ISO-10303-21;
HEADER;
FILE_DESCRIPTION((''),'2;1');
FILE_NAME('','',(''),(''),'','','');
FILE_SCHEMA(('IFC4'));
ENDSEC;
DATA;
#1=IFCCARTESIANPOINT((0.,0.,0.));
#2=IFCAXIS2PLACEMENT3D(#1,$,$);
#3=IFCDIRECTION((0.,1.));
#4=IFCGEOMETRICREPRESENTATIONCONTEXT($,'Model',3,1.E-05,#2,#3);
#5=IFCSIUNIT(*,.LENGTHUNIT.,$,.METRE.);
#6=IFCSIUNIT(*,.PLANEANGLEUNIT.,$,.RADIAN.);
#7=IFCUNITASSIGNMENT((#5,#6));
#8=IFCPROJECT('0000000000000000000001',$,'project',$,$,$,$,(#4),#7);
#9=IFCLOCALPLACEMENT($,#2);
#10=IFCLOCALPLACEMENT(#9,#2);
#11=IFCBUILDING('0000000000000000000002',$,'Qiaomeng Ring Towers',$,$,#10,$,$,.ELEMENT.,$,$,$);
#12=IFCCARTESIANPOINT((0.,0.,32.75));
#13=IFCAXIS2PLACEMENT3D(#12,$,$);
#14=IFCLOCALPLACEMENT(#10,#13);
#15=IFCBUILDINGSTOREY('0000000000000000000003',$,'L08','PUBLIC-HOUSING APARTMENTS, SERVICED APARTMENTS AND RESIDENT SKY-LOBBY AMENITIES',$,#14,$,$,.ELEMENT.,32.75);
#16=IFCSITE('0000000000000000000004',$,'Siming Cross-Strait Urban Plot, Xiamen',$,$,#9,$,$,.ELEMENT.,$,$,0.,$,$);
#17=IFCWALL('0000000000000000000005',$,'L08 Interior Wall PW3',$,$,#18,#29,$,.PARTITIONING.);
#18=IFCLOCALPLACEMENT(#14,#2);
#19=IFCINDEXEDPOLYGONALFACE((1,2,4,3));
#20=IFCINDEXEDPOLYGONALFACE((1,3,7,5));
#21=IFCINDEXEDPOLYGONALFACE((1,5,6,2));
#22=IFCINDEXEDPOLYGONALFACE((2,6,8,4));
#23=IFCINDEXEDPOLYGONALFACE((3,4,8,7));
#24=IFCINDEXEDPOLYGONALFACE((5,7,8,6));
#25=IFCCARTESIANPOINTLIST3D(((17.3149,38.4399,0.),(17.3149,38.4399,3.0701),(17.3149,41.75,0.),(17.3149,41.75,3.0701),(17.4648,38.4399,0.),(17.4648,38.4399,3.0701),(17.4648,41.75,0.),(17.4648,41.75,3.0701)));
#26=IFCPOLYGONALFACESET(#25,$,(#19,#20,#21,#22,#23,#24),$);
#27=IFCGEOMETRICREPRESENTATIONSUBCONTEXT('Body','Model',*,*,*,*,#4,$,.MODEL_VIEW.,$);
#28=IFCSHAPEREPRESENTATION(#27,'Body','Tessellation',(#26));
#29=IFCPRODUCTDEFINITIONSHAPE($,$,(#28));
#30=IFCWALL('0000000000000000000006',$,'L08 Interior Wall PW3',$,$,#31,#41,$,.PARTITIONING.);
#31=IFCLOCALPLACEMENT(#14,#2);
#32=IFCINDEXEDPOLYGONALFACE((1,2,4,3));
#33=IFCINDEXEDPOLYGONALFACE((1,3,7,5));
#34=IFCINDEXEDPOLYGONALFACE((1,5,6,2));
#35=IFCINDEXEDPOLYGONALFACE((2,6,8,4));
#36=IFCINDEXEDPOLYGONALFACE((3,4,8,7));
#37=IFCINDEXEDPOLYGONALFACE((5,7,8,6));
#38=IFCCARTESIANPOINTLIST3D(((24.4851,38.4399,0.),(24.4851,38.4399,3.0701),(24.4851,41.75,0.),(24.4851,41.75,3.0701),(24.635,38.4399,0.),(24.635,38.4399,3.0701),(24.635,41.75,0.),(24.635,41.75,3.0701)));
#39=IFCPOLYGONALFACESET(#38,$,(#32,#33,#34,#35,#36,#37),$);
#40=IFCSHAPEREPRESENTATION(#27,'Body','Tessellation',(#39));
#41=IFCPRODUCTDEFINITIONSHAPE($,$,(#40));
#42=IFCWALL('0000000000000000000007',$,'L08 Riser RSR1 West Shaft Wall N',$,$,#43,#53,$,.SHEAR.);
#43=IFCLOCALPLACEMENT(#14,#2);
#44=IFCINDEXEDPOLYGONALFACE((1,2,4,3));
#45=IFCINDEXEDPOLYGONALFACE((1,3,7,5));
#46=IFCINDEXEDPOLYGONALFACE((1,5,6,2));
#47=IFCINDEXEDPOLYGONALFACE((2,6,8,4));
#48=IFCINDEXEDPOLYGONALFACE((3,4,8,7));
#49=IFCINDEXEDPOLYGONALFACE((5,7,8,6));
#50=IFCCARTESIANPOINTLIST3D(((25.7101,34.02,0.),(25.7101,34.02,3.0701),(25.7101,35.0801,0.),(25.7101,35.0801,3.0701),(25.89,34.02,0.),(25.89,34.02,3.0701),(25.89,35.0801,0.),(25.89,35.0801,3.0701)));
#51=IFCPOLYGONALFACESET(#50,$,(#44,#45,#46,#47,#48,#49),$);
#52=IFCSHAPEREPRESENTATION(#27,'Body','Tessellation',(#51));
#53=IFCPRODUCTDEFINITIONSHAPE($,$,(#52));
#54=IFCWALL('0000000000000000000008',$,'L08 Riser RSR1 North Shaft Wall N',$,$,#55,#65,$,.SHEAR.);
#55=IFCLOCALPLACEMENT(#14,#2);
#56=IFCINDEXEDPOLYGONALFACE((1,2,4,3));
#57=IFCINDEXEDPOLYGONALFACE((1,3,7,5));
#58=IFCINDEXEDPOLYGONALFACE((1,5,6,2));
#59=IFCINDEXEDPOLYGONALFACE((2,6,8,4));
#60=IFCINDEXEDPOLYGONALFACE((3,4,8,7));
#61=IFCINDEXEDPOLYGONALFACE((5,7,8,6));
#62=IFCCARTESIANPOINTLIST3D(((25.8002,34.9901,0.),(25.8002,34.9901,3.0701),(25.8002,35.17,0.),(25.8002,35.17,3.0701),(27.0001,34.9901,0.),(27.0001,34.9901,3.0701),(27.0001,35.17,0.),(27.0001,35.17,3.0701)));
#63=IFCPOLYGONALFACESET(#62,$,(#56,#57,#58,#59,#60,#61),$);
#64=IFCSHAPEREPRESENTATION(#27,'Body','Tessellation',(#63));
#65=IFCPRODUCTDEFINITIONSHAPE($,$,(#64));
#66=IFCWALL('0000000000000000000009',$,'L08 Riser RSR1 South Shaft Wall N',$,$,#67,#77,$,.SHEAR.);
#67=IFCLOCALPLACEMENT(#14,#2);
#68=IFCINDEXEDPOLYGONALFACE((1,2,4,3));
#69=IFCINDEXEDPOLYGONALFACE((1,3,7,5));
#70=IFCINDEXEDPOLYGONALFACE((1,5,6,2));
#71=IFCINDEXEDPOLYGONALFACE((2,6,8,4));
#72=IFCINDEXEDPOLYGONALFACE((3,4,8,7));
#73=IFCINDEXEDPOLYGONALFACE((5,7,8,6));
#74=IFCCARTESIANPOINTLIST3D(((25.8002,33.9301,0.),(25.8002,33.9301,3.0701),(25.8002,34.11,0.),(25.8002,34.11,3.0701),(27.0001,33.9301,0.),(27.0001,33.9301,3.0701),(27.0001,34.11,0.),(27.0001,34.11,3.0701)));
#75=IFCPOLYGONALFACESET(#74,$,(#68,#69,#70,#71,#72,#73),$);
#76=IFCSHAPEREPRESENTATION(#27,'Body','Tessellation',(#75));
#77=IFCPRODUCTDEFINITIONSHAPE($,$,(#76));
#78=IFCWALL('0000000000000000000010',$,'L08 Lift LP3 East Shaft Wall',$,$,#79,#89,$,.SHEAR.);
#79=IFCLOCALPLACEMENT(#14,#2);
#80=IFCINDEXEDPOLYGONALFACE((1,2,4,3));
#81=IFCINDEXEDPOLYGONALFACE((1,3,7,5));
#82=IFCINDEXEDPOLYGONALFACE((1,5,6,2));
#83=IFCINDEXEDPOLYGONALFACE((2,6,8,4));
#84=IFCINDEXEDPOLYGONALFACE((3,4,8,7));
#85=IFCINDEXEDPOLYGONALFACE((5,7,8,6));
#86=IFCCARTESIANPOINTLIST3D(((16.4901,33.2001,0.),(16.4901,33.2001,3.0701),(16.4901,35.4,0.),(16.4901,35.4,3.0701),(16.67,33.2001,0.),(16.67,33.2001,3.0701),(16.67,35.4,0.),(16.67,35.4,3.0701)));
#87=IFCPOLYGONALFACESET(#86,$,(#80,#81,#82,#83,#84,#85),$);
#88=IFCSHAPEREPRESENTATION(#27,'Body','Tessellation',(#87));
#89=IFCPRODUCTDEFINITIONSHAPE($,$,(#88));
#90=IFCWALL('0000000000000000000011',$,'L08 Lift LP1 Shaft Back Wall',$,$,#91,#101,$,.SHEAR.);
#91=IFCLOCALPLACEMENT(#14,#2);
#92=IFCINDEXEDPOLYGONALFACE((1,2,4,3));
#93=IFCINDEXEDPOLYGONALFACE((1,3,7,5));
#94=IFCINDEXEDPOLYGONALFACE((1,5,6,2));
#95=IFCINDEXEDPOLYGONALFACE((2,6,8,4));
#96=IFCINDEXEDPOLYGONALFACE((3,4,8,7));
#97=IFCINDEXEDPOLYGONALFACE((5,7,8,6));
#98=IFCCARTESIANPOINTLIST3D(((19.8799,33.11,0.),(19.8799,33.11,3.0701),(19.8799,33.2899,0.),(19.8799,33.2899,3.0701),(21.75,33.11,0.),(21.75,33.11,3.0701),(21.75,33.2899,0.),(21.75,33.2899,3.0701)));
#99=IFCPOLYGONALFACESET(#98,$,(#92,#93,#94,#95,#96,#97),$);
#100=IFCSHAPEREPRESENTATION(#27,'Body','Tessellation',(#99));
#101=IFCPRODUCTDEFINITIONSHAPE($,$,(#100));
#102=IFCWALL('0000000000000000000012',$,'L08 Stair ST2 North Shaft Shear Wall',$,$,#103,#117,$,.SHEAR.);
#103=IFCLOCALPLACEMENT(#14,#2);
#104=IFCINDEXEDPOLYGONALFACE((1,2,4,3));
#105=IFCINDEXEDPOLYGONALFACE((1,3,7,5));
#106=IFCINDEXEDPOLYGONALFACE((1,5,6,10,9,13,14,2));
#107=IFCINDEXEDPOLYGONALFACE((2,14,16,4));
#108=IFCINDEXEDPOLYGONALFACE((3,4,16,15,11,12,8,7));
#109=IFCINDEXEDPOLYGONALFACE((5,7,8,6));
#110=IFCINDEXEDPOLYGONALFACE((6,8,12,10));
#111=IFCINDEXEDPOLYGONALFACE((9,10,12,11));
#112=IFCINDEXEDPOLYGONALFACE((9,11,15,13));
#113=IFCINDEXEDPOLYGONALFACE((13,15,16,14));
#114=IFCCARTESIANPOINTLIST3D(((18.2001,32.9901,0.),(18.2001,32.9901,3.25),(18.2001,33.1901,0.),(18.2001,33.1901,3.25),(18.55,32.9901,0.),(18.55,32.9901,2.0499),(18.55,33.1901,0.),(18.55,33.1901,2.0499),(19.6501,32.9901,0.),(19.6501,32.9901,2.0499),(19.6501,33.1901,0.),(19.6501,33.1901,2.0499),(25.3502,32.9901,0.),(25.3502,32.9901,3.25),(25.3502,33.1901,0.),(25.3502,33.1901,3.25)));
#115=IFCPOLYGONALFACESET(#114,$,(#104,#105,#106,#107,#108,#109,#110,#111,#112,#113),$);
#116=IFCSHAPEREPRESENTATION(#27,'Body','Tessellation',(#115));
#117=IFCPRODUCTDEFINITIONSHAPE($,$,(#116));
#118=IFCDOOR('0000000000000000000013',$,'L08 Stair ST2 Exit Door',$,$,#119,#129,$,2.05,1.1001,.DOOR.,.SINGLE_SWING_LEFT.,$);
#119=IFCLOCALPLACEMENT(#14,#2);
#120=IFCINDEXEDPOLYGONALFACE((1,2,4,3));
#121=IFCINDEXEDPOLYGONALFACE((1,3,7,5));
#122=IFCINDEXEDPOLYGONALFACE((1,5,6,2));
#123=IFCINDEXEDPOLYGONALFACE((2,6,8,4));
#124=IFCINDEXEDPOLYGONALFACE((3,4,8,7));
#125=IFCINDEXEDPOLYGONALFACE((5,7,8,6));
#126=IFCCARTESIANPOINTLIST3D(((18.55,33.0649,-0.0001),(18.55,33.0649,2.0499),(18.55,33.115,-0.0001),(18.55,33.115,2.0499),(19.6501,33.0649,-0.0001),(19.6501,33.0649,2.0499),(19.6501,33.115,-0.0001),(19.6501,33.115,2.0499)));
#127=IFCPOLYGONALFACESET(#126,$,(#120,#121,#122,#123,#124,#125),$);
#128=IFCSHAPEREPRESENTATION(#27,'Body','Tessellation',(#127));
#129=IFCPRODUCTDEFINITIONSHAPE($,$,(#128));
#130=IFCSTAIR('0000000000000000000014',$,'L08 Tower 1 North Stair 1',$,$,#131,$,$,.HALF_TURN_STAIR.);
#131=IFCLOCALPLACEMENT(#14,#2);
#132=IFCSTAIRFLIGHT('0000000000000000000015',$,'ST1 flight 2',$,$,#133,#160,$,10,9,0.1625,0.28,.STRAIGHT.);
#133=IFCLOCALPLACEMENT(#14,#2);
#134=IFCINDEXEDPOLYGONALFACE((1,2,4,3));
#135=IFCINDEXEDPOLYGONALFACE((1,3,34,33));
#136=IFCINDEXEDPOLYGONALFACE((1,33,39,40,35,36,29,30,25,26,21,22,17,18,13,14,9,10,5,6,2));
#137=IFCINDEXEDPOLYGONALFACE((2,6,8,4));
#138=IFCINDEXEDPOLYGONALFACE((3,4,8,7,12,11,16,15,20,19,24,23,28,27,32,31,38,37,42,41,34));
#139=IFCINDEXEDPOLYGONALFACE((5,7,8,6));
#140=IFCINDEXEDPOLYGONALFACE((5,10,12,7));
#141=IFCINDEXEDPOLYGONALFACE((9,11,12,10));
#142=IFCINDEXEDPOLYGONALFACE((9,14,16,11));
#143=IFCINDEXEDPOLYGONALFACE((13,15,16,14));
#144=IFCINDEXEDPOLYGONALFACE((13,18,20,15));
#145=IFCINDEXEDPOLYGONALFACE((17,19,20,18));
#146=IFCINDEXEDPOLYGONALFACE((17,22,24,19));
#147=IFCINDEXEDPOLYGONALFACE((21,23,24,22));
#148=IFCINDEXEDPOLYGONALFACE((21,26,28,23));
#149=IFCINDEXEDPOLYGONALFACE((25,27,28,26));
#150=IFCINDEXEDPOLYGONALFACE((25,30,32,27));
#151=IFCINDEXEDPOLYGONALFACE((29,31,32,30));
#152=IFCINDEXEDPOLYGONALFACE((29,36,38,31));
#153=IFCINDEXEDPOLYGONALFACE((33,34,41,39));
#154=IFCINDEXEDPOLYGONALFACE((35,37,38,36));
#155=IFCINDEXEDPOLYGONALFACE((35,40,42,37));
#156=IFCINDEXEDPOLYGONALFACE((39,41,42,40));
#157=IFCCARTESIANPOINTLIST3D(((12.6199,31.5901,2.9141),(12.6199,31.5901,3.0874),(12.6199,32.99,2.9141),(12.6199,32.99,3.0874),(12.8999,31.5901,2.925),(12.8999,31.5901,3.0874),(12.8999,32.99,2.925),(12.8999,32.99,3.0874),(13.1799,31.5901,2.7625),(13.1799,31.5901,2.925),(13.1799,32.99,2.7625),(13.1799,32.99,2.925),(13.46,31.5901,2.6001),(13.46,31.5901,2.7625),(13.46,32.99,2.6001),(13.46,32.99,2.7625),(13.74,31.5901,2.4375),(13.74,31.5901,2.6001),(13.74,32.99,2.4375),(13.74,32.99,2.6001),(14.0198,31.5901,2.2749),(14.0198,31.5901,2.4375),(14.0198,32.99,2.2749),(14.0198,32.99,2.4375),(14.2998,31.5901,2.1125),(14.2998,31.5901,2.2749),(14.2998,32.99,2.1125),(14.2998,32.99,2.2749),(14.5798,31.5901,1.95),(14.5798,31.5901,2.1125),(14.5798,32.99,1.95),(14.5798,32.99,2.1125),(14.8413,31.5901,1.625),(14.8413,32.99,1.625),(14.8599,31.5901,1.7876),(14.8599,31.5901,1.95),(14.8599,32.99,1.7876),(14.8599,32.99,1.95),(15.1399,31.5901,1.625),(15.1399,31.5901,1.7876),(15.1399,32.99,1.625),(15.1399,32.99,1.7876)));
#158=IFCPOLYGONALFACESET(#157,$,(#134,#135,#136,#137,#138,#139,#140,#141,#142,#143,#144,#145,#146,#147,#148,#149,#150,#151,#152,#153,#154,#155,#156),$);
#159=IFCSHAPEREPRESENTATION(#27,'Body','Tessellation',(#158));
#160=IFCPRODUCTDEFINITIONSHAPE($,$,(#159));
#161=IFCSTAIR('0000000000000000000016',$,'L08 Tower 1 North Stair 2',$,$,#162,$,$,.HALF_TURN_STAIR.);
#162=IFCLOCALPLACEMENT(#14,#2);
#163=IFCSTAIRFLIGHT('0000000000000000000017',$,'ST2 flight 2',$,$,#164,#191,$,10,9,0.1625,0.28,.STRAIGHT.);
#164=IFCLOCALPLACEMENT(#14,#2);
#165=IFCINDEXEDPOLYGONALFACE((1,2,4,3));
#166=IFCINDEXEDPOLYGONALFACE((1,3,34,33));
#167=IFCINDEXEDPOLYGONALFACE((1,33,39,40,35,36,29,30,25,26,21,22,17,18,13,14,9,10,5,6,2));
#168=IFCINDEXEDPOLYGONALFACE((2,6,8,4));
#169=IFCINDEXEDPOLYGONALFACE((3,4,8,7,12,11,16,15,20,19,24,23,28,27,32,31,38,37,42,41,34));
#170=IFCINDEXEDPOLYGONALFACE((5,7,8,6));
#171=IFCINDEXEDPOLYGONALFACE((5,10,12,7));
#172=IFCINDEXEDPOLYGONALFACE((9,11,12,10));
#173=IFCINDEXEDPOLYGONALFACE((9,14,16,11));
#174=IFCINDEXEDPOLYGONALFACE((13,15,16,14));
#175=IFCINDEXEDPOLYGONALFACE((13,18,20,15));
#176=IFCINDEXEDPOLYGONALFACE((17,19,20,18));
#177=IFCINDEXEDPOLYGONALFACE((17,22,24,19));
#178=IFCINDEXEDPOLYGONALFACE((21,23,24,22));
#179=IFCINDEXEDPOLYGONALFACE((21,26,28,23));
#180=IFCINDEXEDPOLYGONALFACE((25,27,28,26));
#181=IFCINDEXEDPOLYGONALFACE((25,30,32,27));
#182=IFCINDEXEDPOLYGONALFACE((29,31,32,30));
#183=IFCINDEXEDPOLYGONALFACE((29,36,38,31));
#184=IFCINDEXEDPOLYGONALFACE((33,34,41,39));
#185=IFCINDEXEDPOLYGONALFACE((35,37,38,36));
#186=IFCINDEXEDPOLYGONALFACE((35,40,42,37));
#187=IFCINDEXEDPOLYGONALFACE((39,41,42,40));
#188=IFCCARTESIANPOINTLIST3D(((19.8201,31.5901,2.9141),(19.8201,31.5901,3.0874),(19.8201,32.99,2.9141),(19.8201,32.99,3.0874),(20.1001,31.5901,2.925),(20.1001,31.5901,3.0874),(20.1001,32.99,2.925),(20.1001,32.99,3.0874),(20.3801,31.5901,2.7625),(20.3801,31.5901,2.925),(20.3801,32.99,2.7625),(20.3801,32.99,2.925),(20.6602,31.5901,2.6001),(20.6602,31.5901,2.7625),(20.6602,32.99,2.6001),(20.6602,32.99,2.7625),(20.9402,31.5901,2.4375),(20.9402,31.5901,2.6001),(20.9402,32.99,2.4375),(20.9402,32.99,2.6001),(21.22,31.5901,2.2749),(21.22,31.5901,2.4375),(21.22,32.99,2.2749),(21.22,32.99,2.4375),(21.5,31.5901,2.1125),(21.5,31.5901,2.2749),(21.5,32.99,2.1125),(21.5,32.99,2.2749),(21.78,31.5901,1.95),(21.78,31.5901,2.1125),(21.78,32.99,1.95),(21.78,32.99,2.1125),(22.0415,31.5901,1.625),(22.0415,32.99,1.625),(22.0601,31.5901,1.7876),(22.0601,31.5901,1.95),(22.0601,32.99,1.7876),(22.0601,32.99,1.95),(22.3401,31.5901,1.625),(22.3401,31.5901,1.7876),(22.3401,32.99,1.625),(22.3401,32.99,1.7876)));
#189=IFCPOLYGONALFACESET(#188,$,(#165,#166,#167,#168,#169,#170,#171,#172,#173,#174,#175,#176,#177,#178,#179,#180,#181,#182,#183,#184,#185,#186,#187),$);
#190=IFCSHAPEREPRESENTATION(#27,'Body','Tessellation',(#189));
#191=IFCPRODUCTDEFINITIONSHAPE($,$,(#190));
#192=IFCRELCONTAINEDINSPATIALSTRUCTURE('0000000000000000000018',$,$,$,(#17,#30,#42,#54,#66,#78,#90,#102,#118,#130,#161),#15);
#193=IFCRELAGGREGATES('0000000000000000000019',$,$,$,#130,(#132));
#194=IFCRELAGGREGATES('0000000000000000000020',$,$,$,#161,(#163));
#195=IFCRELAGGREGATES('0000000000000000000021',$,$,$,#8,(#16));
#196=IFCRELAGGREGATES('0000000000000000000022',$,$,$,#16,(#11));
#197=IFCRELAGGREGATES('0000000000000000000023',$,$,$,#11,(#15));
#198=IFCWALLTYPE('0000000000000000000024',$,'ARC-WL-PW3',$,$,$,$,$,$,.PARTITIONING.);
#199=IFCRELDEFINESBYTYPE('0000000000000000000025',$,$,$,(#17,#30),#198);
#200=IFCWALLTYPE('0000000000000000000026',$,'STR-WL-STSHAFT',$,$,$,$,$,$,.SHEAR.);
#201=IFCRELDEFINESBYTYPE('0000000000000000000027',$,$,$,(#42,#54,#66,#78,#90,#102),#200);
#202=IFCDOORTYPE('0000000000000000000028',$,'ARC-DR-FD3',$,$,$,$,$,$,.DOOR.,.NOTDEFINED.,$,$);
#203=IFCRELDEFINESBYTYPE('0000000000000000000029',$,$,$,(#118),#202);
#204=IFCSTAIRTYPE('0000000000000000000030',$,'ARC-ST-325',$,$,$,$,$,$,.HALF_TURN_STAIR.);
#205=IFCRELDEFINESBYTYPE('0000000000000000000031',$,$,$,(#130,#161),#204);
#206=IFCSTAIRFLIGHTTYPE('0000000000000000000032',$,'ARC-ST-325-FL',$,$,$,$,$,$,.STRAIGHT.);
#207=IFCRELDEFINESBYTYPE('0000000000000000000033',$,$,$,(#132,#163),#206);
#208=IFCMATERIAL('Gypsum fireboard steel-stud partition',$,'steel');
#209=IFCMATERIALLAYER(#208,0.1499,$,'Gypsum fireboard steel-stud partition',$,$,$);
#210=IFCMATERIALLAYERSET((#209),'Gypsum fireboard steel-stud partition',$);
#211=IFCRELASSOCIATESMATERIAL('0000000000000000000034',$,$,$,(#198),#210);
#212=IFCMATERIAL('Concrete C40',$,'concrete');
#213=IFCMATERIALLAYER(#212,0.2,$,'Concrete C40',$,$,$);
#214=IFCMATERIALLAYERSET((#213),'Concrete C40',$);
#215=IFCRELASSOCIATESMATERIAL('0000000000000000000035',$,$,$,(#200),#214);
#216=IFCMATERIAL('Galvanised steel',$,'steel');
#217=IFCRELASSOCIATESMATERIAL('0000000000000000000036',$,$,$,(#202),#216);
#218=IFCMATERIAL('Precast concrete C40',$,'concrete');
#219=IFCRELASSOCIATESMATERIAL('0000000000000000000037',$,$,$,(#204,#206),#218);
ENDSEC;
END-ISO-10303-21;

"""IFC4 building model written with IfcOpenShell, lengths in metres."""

from ifc_helpers import new_model, si_unit, direction, frame, frame_2d, origin, place, context, subcontext, project, spatial, polyline, rectangle, outline, extrude, source, transform, mapped, material, layer, layer_set, type_object, element, fill, aggregate, save


model = new_model("IFC4")

# Units and contexts
model_context = context("Model", 3, precision=1e-05, world=origin(), true_north=direction((0.0, 1.0)))
body_context = subcontext(model_context, "Body", "Model", "MODEL_VIEW")
ifc_project = project(units=[si_unit("LENGTHUNIT", "METRE"), si_unit("PLANEANGLEUNIT", "RADIAN")], contexts=[model_context])

# Site, building, storey
site_placement = place(None, origin())
site = spatial("IfcSite", under=ifc_project, at=site_placement, Name="Siming Cross-Strait Urban Plot, Xiamen", CompositionType="ELEMENT", RefElevation=0.0)
building_placement = place(site_placement, origin())
building = spatial("IfcBuilding", under=site, at=building_placement, Name="Qiaomeng Ring Towers", CompositionType="ELEMENT")
storey_placement = place(building_placement, frame((0.0, 0.0, 32.75)))
storey = spatial("IfcBuildingStorey", under=building, at=storey_placement, Name="L08", Description="PUBLIC-HOUSING APARTMENTS, SERVICED APARTMENTS AND RESIDENT SKY-LOBBY AMENITIES", CompositionType="ELEMENT", Elevation=32.75)

# Walls
ifc_material_1 = material(Name="Gypsum fireboard steel-stud partition", Category="steel")
ifc_layer_1 = layer(ifc_material_1, 0.1499, Name="Gypsum fireboard steel-stud partition")
ifc_layer_set_1 = layer_set([ifc_layer_1], Name="Gypsum fireboard steel-stud partition")
wall_type_1 = type_object("IfcWallType", Name="ARC-WL-PW3", PredefinedType="PARTITIONING", material=ifc_layer_set_1)
for number, where, z_axis, x_axis, name in (
    (1, (17.3899, 38.4399, 0.0), (0.0, 0.0, 1.0), (0.0, 1.0, 0.0), "L08 Interior Wall PW3"),
    (2, (24.5601, 38.4399, 0.0), (0.0, 0.0, 1.0), (0.0, 1.0, 0.0), "L08 Interior Wall PW3"),
):
    element("IfcWall", number, at=place(storey_placement, frame(where, z_axis=z_axis, x_axis=x_axis)), inside=storey, type_object=wall_type_1, Name=name, PredefinedType="PARTITIONING", context=body_context, shape_type="SweptSolid", body=[
        extrude(rectangle(XDim=3.3101, YDim=0.1499, at=frame_2d((1.655, 0.0))), origin(), (0.0, 0.0, 1.0), 3.0701),
    ])
ifc_material_2 = material(Name="Concrete C40", Category="concrete")
ifc_layer_2 = layer(ifc_material_2, 0.2, Name="Concrete C40")
ifc_layer_set_2 = layer_set([ifc_layer_2], Name="Concrete C40")
wall_type_2 = type_object("IfcWallType", Name="STR-WL-STSHAFT", PredefinedType="SHEAR", material=ifc_layer_set_2)
wall_1_placement = place(storey_placement, frame((25.8, 34.02, 0.0), z_axis=(0.0, 0.0, 1.0), x_axis=(0.0, 1.0, 0.0)))
element("IfcWall", 3, at=wall_1_placement, inside=storey, type_object=wall_type_2, Name="L08 Riser RSR1 West Shaft Wall N", PredefinedType="SHEAR", context=body_context, shape_type="SweptSolid", body=[
    extrude(rectangle(XDim=1.0601, YDim=0.1799, at=frame_2d((0.53, 0.0))), origin(), (0.0, 0.0, 1.0), 3.0701),
])
for number, where, z_axis, x_axis, name in (
    (4, (25.8, 35.0801, 0.0), (0.0, 0.0, 1.0), (1.0, 0.0, 0.0), "L08 Riser RSR1 North Shaft Wall N"),
    (5, (25.8, 34.02, 0.0), (0.0, 0.0, 1.0), (1.0, 0.0, 0.0), "L08 Riser RSR1 South Shaft Wall N"),
):
    element("IfcWall", number, at=place(storey_placement, frame(where, z_axis=z_axis, x_axis=x_axis)), inside=storey, type_object=wall_type_2, Name=name, PredefinedType="SHEAR", context=body_context, shape_type="SweptSolid", body=[
        extrude(rectangle(XDim=1.2, YDim=0.1799, at=frame_2d((0.6001, 0.0))), origin(), (0.0, 0.0, 1.0), 3.0701),
    ])
wall_2_placement = place(storey_placement, frame((16.5801, 33.2, 0.0), z_axis=(0.0, 0.0, 1.0), x_axis=(0.0, 1.0, 0.0)))
element("IfcWall", 6, at=wall_2_placement, inside=storey, type_object=wall_type_2, Name="L08 Lift LP3 East Shaft Wall", PredefinedType="SHEAR", context=body_context, shape_type="SweptSolid", body=[
    extrude(rectangle(XDim=2.2, YDim=0.1799, at=frame_2d((1.1001, 0.0))), origin(), (0.0, 0.0, 1.0), 3.0701),
])
wall_3_placement = place(storey_placement, frame((19.8799, 33.2, 0.0), z_axis=(0.0, 0.0, 1.0), x_axis=(1.0, 0.0, 0.0)))
element("IfcWall", 7, at=wall_3_placement, inside=storey, type_object=wall_type_2, Name="L08 Lift LP1 Shaft Back Wall", PredefinedType="SHEAR", context=body_context, shape_type="SweptSolid", body=[
    extrude(rectangle(XDim=1.8701, YDim=0.1799, at=frame_2d((0.9351, 0.0))), origin(), (0.0, 0.0, 1.0), 3.0701),
])

# Wall, opening, door
wall_4_placement = place(storey_placement, frame((18.2, 33.0901, 0.0), z_axis=(0.0, 0.0, 1.0), x_axis=(1.0, 0.0, 0.0)))
wall_4 = element("IfcWall", 8, at=wall_4_placement, inside=storey, type_object=wall_type_2, Name="L08 Stair ST2 North Shaft Shear Wall", PredefinedType="SHEAR", context=body_context, shape_type="SweptSolid", body=[
    extrude(rectangle(XDim=7.1501, YDim=0.2, at=frame_2d((3.5752, 0.0))), origin(), (0.0, 0.0, 1.0), 3.25),
])
opening_placement = place(wall_4_placement, frame((0.3501, 0.0, 0.0)))
opening = element("IfcOpeningElement", 9, at=opening_placement, cuts=wall_4, PredefinedType="OPENING", context=body_context, shape_type="SweptSolid", body=[
    extrude(rectangle(XDim=1.1001, YDim=2.05, at=frame_2d((0.55, 1.0249))), frame((0.0, 0.1099, 0.0), z_axis=(0.0, -1.0, 0.0), x_axis=(1.0, 0.0, 0.0)), (0.0, 0.0, 1.0), 0.22),
])
ifc_material_3 = material(Name="Galvanised steel", Category="steel")
door_type = type_object("IfcDoorType", Name="ARC-DR-FD3", OperationType="NOTDEFINED", PredefinedType="DOOR", material=ifc_material_3)
shared_shape_1 = source(origin(), body_context, "Body", "SweptSolid", [
    extrude(rectangle(XDim=1.1001, YDim=2.05, at=frame_2d((0.55, 1.0249))), frame((0.0, 0.0249, 0.0), z_axis=(0.0, -1.0, 0.0), x_axis=(1.0, 0.0, 0.0)), (0.0, 0.0, 1.0), 0.05),
])
door_placement = place(opening_placement, origin())
door = element("IfcDoor", 10, at=door_placement, inside=storey, type_object=door_type, Name="L08 Stair ST2 Exit Door", OperationType="SINGLE_SWING_LEFT", OverallHeight=2.05, OverallWidth=1.1001, PredefinedType="DOOR", context=body_context, shape_type="MappedRepresentation", body=[
    mapped(shared_shape_1, transform((0.0, 0.0, 0.0), x_axis=(1.0, 0.0, 0.0), y_axis=(0.0, 1.0, 0.0), z_axis=(0.0, 0.0, 1.0), scale=1.0)),
])
fill(opening, door)

# Stairs, stair flights
ifc_material_4 = material(Name="Precast concrete C40", Category="concrete")
stair_type = type_object("IfcStairType", Name="ARC-ST-325", PredefinedType="HALF_TURN_STAIR", material=ifc_material_4)
stair_1_placement = place(storey_placement, origin())
stair_1 = element("IfcStair", 11, at=stair_1_placement, inside=storey, type_object=stair_type, Name="L08 Tower 1 North Stair 1", PredefinedType="HALF_TURN_STAIR")
stair_flight_type = type_object("IfcStairFlightType", Name="ARC-ST-325-FL", PredefinedType="STRAIGHT", material=ifc_material_4)
shared_shape_2 = source(origin(), body_context, "Body", "SweptSolid", [
    extrude(outline(polyline([(0.0, 0.0), (0.0, 0.1626), (0.28, 0.1626), (0.28, 0.325), (0.5601, 0.325), (0.5601, 0.4875), (0.8401, 0.4875), (0.8401, 0.6499), (1.1201, 0.6499), (1.1201, 0.8125), (1.3999, 0.8125), (1.3999, 0.9751), (1.6799, 0.9751), (1.6799, 1.1375), (1.96, 1.1375), (1.96, 1.3), (2.24, 1.3), (2.24, 1.4624), (2.52, 1.4624), (2.52, 1.625), (2.52, 1.2891), (0.2986, 0.0), (0.0, 0.0)])), frame((0.0, 0.7, 0.0), z_axis=(0.0, -1.0, 0.0), x_axis=(1.0, 0.0, 0.0)), (0.0, 0.0, 1.0), 1.3999),
])
stair_flight_1_placement = place(storey_placement, frame((15.1399, 32.29, 1.625), z_axis=(0.0, 0.0, 1.0), x_axis=(-1.0, 0.0, 0.0)))
stair_flight_1 = element("IfcStairFlight", 12, at=stair_flight_1_placement, type_object=stair_flight_type, Name="ST1 flight 2", NumberOfRisers=10, NumberOfTreads=9, PredefinedType="STRAIGHT", RiserHeight=0.1625, TreadLength=0.28, context=body_context, shape_type="MappedRepresentation", body=[
    mapped(shared_shape_2, transform((0.0, 0.0, 0.0), x_axis=(1.0, 0.0, 0.0), y_axis=(0.0, 1.0, 0.0), z_axis=(0.0, 0.0, 1.0), scale=1.0)),
])
aggregate(stair_1, [stair_flight_1])
stair_2_placement = place(storey_placement, origin())
stair_2 = element("IfcStair", 13, at=stair_2_placement, inside=storey, type_object=stair_type, Name="L08 Tower 1 North Stair 2", PredefinedType="HALF_TURN_STAIR")
stair_flight_2_placement = place(storey_placement, frame((22.3401, 32.29, 1.625), z_axis=(0.0, 0.0, 1.0), x_axis=(-1.0, 0.0, 0.0)))
stair_flight_2 = element("IfcStairFlight", 14, at=stair_flight_2_placement, type_object=stair_flight_type, Name="ST2 flight 2", NumberOfRisers=10, NumberOfTreads=9, PredefinedType="STRAIGHT", RiserHeight=0.1625, TreadLength=0.28, context=body_context, shape_type="MappedRepresentation", body=[
    mapped(shared_shape_2, transform((0.0, 0.0, 0.0), x_axis=(1.0, 0.0, 0.0), y_axis=(0.0, 1.0, 0.0), z_axis=(0.0, 0.0, 1.0), scale=1.0)),
])
aggregate(stair_2, [stair_flight_2])

save(model, "model.ifc")
